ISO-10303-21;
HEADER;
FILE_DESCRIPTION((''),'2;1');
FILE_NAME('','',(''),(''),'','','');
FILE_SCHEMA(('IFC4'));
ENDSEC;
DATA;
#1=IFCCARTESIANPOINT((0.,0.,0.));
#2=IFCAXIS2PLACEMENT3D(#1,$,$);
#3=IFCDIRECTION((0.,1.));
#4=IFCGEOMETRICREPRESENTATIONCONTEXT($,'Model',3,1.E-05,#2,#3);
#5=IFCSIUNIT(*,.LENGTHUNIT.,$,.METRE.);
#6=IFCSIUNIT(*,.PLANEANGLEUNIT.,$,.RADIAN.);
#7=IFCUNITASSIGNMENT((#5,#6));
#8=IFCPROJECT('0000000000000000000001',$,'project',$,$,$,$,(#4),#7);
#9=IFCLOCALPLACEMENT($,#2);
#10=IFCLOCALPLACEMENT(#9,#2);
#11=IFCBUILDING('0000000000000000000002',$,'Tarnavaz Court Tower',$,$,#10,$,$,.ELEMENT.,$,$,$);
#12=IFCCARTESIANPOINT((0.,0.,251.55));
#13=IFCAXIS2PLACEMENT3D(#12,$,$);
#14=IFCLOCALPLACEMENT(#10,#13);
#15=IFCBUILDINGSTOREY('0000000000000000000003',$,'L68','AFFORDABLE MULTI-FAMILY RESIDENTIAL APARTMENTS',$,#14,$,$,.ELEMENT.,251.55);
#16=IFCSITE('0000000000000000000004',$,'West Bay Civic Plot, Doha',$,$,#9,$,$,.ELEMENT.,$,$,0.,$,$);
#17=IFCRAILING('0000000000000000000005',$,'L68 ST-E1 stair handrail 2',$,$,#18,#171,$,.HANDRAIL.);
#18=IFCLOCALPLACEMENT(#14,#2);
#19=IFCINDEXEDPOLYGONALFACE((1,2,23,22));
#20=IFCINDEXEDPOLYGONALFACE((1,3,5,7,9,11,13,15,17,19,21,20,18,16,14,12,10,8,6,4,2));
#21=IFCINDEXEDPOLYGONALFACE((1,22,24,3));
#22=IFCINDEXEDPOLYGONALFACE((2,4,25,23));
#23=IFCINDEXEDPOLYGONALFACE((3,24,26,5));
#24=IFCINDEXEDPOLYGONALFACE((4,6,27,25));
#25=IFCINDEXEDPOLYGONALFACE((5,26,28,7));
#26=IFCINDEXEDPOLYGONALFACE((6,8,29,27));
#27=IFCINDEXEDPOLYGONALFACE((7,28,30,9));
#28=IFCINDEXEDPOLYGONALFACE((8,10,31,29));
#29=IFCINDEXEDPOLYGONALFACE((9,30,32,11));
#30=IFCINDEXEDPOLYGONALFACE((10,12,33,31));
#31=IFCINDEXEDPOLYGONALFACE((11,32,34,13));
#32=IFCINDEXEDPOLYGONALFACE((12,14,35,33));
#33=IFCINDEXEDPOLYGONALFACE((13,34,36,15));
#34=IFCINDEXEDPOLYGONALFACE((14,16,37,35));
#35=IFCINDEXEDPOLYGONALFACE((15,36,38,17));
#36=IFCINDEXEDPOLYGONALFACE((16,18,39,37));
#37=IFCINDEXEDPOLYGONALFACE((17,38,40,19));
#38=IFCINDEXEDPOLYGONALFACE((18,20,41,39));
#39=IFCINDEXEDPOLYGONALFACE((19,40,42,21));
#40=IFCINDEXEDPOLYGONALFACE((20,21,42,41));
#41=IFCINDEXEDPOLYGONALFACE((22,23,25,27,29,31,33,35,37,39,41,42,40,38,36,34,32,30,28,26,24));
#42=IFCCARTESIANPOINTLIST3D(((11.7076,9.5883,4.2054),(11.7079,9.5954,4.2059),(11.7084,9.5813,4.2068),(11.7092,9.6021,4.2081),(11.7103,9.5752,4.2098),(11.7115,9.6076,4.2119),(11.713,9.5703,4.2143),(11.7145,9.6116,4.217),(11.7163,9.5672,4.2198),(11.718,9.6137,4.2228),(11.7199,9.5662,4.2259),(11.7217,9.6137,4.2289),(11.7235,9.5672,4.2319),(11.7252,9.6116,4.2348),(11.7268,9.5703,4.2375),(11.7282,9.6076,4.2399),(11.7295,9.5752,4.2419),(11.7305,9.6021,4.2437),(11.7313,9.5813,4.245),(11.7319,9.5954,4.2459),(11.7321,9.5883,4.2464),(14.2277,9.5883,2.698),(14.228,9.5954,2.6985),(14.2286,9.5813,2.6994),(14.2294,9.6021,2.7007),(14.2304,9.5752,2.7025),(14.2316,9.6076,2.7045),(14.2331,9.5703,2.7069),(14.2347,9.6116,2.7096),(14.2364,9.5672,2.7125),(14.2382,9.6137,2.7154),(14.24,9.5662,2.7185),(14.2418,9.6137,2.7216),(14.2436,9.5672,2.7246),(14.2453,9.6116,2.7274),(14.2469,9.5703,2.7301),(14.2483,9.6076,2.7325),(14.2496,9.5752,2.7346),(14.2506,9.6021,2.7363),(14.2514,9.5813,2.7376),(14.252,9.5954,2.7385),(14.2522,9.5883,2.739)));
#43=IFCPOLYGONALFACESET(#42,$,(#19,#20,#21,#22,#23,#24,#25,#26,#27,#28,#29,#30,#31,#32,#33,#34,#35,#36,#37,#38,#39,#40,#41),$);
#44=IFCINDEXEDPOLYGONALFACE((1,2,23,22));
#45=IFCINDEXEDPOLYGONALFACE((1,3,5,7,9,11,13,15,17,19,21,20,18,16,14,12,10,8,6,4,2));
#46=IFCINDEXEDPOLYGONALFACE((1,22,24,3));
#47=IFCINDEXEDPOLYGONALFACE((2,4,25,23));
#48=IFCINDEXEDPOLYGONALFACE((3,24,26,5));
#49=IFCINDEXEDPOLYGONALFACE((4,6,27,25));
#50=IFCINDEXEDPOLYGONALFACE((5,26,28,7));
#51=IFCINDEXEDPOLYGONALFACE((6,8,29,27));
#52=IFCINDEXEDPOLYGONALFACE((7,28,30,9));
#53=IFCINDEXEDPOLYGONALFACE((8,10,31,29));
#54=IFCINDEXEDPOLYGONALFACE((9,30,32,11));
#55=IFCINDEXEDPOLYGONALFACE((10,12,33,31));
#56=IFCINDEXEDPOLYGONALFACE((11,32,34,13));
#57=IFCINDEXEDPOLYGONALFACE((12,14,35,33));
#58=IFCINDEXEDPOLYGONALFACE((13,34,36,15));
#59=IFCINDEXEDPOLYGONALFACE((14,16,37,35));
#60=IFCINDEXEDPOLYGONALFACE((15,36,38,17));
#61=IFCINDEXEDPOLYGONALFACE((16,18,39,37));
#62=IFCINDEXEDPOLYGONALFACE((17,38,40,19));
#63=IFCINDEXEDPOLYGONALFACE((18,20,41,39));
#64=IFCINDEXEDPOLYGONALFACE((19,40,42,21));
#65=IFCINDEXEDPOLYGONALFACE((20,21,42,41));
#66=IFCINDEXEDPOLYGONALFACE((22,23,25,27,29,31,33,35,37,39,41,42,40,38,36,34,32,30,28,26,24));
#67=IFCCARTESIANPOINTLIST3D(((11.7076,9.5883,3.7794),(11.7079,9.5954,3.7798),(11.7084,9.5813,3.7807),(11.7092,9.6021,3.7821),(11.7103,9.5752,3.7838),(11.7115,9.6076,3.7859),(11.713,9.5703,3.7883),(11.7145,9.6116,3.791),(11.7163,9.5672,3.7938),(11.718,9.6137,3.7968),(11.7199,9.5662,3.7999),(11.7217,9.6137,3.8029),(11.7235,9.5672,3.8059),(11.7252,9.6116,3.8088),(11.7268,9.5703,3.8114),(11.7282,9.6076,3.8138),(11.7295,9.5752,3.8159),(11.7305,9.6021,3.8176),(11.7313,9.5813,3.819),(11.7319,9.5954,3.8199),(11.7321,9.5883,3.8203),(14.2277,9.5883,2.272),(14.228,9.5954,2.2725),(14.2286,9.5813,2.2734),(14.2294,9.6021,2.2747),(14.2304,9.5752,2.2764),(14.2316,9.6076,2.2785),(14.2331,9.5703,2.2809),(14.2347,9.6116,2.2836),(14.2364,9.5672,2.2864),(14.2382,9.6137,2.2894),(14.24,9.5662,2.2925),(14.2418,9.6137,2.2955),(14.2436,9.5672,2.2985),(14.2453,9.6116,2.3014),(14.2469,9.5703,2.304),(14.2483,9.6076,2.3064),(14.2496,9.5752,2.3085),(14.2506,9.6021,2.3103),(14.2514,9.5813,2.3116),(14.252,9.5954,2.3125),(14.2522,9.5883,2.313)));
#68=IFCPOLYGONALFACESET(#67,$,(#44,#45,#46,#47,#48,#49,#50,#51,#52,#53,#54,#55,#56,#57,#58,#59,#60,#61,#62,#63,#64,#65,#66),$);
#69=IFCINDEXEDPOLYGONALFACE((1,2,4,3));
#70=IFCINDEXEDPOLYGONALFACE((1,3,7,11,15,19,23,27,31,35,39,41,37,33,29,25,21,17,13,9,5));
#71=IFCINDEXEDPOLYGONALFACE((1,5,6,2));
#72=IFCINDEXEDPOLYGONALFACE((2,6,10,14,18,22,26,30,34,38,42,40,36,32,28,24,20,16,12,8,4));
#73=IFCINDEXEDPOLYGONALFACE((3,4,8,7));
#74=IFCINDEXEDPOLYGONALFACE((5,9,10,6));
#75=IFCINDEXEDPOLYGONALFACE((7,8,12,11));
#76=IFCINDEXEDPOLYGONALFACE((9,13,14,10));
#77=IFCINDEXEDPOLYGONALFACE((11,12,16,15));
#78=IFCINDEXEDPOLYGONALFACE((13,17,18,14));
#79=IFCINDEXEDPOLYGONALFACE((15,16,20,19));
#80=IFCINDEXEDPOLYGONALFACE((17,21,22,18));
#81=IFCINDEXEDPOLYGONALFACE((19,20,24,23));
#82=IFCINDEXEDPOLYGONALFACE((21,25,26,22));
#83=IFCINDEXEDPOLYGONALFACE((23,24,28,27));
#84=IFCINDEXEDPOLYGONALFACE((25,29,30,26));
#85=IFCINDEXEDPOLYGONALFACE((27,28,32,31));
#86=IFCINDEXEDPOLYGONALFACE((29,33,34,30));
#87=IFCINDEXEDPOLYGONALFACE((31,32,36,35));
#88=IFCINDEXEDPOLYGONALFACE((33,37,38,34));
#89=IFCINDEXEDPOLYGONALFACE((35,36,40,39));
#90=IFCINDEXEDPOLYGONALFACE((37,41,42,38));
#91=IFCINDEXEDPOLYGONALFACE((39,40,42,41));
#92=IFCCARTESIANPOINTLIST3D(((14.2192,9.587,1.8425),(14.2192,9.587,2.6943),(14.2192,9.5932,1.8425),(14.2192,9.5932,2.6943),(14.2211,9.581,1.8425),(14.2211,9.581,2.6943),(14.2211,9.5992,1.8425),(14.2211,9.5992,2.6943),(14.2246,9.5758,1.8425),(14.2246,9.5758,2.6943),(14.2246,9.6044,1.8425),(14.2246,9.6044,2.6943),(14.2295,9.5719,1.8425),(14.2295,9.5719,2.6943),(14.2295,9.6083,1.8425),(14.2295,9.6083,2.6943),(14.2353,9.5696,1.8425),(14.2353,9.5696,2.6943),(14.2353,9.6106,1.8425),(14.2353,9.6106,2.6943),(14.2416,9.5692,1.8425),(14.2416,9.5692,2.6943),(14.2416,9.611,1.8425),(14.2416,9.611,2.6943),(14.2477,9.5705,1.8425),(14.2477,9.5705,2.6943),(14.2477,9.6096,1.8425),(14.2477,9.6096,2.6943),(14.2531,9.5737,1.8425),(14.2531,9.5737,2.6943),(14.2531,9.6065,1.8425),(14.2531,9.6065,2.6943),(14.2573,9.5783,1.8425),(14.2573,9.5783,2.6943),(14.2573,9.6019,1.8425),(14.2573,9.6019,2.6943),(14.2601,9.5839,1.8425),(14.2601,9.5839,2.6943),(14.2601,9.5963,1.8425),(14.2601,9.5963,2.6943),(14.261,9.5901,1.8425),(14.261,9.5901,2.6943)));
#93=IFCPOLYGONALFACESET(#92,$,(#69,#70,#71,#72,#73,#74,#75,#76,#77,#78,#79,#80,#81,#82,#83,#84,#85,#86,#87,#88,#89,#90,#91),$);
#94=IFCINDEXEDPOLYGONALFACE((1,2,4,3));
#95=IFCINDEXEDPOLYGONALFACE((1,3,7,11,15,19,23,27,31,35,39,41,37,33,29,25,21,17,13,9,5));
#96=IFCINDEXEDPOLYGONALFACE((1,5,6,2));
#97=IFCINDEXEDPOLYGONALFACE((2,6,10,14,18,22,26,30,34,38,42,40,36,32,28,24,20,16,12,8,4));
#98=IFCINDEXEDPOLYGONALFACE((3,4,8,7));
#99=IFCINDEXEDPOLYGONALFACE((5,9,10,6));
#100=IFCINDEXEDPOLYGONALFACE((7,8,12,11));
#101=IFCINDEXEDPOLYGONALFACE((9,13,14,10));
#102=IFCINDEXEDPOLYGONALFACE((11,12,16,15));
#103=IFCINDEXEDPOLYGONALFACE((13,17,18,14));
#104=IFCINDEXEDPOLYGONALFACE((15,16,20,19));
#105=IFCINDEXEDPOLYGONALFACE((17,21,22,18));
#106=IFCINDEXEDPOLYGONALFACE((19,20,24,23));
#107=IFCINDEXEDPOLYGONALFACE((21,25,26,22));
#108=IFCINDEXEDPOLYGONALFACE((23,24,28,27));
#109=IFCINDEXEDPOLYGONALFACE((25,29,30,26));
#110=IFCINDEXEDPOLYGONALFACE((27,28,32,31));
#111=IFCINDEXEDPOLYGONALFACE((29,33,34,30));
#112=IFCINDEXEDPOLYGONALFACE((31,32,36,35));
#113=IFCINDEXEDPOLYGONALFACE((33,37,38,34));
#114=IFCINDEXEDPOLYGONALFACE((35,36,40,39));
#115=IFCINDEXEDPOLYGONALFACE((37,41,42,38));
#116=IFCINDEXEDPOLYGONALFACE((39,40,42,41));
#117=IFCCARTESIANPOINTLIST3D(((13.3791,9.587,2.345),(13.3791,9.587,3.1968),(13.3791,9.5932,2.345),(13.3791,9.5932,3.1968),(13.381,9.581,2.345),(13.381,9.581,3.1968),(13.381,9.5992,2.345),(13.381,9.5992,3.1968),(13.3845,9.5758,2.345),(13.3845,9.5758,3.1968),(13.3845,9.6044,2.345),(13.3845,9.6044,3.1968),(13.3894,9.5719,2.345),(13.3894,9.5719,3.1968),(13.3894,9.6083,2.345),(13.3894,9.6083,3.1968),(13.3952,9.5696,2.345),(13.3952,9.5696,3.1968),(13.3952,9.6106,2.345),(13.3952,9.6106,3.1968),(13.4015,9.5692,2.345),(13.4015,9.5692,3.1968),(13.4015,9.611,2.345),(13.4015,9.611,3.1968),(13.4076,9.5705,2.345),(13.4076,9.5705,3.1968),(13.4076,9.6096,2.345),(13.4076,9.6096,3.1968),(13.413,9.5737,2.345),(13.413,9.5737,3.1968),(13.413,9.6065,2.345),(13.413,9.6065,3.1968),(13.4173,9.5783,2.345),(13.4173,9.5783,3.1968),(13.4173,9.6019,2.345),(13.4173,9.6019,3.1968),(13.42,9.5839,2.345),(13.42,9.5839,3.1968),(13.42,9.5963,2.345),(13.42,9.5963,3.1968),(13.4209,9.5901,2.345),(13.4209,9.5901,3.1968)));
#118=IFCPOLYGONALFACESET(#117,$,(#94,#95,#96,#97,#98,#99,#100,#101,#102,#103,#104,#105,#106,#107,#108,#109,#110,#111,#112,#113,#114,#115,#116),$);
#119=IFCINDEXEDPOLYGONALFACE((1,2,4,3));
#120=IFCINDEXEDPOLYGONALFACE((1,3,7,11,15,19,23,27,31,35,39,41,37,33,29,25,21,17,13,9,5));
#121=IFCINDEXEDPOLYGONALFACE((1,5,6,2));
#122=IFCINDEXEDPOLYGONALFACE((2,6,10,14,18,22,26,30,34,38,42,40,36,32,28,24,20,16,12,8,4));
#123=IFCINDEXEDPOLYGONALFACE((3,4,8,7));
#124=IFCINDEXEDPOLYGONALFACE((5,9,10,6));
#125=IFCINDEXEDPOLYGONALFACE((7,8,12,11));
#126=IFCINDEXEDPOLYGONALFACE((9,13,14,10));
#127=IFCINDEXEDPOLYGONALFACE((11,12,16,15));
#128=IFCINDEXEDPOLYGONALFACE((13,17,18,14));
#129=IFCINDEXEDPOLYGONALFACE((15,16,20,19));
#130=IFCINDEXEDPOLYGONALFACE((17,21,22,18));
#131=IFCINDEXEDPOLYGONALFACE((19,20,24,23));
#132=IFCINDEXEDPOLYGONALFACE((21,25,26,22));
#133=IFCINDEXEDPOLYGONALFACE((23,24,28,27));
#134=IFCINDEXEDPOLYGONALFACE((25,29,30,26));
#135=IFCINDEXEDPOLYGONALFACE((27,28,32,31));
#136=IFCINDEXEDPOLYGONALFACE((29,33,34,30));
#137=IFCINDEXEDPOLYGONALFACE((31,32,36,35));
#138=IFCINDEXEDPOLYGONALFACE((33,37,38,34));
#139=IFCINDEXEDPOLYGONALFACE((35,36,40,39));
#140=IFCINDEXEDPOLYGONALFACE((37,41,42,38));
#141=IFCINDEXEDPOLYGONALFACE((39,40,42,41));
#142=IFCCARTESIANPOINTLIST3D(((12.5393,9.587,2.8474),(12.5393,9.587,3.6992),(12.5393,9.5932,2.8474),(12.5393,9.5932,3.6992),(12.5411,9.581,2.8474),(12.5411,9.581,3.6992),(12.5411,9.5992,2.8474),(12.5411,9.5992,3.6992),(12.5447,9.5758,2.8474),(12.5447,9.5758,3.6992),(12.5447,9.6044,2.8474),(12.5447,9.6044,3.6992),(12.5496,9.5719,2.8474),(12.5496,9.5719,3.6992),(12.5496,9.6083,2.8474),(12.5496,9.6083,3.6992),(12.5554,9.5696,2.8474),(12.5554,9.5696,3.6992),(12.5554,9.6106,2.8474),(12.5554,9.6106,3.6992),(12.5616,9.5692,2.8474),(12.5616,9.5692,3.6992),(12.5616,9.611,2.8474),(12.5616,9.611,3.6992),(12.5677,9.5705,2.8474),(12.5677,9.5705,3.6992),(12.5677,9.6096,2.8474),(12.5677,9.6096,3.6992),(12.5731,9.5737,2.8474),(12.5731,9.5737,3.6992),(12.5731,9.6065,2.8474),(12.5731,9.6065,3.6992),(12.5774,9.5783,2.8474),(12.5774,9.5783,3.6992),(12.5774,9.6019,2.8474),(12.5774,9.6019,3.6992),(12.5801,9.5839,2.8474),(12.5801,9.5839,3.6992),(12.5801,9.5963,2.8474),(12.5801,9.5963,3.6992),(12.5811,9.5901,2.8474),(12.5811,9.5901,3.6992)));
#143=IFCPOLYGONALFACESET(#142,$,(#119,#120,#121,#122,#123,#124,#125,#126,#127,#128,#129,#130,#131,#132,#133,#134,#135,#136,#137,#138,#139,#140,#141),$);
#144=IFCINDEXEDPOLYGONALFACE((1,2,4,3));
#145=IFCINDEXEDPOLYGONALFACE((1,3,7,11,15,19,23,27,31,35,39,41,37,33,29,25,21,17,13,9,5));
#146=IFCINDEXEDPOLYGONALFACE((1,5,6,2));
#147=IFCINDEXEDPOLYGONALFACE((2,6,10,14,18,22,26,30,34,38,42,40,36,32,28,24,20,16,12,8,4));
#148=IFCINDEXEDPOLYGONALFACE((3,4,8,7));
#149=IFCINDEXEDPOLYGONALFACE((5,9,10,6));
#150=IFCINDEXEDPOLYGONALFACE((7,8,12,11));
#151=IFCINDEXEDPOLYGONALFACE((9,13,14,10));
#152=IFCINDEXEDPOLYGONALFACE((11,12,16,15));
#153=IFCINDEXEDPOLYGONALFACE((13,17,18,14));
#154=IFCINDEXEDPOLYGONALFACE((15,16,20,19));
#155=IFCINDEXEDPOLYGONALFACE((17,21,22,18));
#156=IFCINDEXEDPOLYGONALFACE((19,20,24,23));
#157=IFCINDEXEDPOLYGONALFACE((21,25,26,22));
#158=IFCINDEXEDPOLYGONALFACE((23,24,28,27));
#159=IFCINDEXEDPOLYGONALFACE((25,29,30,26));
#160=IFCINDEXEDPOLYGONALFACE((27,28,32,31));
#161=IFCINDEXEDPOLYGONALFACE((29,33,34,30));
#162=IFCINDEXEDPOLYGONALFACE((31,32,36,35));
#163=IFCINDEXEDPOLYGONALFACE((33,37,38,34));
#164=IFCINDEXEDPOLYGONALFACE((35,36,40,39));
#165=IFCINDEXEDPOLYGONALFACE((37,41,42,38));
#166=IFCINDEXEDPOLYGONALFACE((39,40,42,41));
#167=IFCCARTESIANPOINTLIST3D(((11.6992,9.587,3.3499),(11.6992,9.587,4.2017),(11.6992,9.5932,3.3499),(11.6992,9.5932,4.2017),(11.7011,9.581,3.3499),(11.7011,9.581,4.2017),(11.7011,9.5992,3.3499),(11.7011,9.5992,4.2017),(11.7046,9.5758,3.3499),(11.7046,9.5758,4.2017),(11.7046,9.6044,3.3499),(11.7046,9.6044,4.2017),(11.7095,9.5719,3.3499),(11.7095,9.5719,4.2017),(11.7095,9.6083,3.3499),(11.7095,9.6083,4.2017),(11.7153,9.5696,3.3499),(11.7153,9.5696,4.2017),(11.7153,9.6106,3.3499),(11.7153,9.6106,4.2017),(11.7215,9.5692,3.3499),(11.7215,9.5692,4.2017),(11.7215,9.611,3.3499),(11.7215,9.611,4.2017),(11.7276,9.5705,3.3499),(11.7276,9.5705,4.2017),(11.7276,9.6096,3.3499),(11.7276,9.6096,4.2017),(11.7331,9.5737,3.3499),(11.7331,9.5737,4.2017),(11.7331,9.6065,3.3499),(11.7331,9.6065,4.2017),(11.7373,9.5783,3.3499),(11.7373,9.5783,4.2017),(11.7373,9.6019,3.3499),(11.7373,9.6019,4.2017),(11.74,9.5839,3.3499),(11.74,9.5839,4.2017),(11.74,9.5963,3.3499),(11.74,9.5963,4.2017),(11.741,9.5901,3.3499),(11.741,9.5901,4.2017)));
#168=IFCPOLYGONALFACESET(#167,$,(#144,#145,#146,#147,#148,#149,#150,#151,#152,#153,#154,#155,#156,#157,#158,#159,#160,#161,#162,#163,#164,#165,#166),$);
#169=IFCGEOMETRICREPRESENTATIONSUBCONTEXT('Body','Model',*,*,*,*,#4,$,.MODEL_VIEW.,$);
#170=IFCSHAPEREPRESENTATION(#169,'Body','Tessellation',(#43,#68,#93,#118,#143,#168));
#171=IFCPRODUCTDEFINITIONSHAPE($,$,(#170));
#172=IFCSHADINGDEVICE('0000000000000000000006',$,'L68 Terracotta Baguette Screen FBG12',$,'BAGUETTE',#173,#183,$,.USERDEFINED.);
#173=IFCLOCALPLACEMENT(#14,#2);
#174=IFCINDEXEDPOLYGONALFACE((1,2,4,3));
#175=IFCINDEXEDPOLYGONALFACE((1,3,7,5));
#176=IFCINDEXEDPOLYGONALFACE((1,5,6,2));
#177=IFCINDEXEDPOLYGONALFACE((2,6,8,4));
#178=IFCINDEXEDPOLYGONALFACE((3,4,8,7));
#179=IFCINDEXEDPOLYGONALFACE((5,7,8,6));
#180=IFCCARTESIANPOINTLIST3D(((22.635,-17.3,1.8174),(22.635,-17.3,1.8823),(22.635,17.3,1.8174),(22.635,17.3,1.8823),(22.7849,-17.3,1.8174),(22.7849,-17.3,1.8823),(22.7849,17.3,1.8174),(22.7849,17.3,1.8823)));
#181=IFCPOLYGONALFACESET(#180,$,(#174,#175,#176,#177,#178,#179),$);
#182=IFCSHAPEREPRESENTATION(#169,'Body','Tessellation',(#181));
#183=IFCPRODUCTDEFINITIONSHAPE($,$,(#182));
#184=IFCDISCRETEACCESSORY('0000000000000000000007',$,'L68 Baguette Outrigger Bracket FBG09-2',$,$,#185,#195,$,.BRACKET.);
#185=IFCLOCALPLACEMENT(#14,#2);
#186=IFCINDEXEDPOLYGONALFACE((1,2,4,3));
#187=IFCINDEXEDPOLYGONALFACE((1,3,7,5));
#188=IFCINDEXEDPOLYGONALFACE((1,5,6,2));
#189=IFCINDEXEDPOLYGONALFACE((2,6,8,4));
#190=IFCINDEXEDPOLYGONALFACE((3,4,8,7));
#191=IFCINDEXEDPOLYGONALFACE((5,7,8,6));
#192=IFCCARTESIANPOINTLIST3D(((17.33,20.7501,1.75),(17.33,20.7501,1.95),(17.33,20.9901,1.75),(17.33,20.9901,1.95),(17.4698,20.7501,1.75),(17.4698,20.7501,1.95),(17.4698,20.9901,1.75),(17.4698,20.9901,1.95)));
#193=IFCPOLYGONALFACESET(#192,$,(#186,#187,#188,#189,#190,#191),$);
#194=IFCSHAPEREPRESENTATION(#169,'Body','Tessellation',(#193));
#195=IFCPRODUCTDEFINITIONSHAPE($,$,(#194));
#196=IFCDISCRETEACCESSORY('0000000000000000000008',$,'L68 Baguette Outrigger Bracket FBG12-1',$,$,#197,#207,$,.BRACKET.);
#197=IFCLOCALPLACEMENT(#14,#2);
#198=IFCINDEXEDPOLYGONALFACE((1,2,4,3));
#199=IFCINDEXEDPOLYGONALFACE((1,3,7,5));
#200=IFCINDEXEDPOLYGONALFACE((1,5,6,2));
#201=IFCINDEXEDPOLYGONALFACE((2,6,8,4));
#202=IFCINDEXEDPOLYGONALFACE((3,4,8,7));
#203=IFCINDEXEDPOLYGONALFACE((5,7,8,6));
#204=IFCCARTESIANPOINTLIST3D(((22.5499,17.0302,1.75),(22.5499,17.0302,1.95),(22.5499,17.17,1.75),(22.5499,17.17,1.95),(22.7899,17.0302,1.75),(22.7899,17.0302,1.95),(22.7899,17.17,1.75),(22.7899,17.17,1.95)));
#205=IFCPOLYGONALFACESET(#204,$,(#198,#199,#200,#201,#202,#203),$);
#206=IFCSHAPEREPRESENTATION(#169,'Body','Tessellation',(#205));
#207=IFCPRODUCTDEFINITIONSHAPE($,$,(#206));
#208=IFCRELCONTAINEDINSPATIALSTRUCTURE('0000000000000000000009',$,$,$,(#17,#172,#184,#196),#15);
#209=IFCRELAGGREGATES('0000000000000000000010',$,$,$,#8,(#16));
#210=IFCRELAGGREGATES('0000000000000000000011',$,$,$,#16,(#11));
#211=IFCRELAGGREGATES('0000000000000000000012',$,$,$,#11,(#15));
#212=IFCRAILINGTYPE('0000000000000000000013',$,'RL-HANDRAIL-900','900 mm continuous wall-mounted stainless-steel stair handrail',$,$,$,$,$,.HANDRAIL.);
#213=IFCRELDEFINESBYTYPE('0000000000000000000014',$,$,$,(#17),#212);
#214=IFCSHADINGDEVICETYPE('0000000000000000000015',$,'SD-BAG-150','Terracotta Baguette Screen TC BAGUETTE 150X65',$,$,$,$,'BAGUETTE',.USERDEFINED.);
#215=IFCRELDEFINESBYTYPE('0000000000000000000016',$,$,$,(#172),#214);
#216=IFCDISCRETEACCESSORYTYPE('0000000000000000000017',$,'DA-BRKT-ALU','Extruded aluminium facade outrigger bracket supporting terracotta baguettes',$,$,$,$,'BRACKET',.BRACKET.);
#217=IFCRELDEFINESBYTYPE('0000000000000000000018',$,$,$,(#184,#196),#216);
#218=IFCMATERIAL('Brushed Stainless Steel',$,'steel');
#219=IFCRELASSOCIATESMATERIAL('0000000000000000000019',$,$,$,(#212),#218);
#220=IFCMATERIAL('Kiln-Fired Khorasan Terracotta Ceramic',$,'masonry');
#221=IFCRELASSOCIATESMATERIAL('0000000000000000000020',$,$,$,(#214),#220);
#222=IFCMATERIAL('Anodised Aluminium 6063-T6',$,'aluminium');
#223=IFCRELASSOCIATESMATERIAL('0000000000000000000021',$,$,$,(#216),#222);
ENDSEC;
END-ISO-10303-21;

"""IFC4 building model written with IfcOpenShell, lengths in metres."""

from ifc_helpers import new_model, si_unit, direction, frame, origin, origin_2d, place, context, subcontext, project, spatial, rectangle, circle, extrude, material, material_profile, profile_set, type_object, element, save


model = new_model("IFC4")

# Units and contexts
model_context = context("Model", 3, precision=1e-05, world=origin(), true_north=direction((0.0, 1.0)))
body_context = subcontext(model_context, "Body", "Model", "MODEL_VIEW")
ifc_project = project(units=[si_unit("LENGTHUNIT", "METRE"), si_unit("PLANEANGLEUNIT", "RADIAN")], contexts=[model_context])

# Site, building, storey
site_placement = place(None, origin())
site = spatial("IfcSite", under=ifc_project, at=site_placement, Name="West Bay Civic Plot, Doha", CompositionType="ELEMENT", RefElevation=0.0)
building_placement = place(site_placement, origin())
building = spatial("IfcBuilding", under=site, at=building_placement, Name="Tarnavaz Court Tower", CompositionType="ELEMENT")
storey_placement = place(building_placement, frame((0.0, 0.0, 251.55)))
storey = spatial("IfcBuildingStorey", under=building, at=storey_placement, Name="L68", Description="AFFORDABLE MULTI-FAMILY RESIDENTIAL APARTMENTS", CompositionType="ELEMENT", Elevation=251.55)

# Railing
ifc_material_1 = material(Name="Brushed Stainless Steel", Category="steel")
railing_type = type_object("IfcRailingType", Name="RL-HANDRAIL-900", Description="900 mm continuous wall-mounted stainless-steel stair handrail", PredefinedType="HANDRAIL", material=ifc_material_1)
railing_placement = place(storey_placement, frame((14.24, 9.5901, 1.8425)))
element("IfcRailing", 1, at=railing_placement, inside=storey, type_object=railing_type, Name="L68 ST-E1 stair handrail 2", PredefinedType="HANDRAIL", context=body_context, shape_type="SweptSolid", body=[
    extrude(circle(Radius=0.0239, at=origin_2d()), frame((0.0, 0.0, 0.876), z_axis=(-0.858196, 0.0, 0.513321), x_axis=(0.0, -1.0, 0.0)), (0.0, 0.0, 1.0), 2.9365),
    extrude(circle(Radius=0.0239, at=origin_2d()), frame((0.0, 0.0, 0.45), z_axis=(-0.858196, 0.0, 0.513321), x_axis=(0.0, -1.0, 0.0)), (0.0, 0.0, 1.0), 2.9365),
    extrude(circle(Radius=0.021, at=origin_2d()), origin(), (0.0, 0.0, 1.0), 0.8518),
    extrude(circle(Radius=0.021, at=origin_2d()), frame((-0.8401, 0.0, 0.5024)), (0.0, 0.0, 1.0), 0.8518),
    extrude(circle(Radius=0.021, at=origin_2d()), frame((-1.6799, 0.0, 1.0049)), (0.0, 0.0, 1.0), 0.8518),
    extrude(circle(Radius=0.021, at=origin_2d()), frame((-2.52, 0.0, 1.5073)), (0.0, 0.0, 1.0), 0.8518),
])

# Shading device
ifc_material_2 = material(Name="Kiln-Fired Khorasan Terracotta Ceramic", Category="masonry")
ifc_material_profile_1 = material_profile(ifc_material_2, rectangle(XDim=0.1499, YDim=0.0649, at=origin_2d()), Name="TC BAGUETTE 150X65")
ifc_profile_set_1 = profile_set([ifc_material_profile_1], Name="Kiln-Fired Khorasan Terracotta Ceramic")
shading_device_type = type_object("IfcShadingDeviceType", Name="SD-BAG-150", Description="Terracotta Baguette Screen TC BAGUETTE 150X65", ElementType="BAGUETTE", PredefinedType="USERDEFINED", material=ifc_profile_set_1)
shading_device_placement = place(storey_placement, frame((22.71, 17.3, 1.8499), z_axis=(0.0, -1.0, 0.0), x_axis=(1.0, 0.0, 0.0)))
element("IfcShadingDevice", 2, at=shading_device_placement, inside=storey, type_object=shading_device_type, Name="L68 Terracotta Baguette Screen FBG12", ObjectType="BAGUETTE", PredefinedType="USERDEFINED", context=body_context, shape_type="SweptSolid", body=[
    extrude(rectangle(XDim=0.1499, YDim=0.0649, at=origin_2d()), origin(), (0.0, 0.0, 1.0), 34.6001),
])

# Discrete accessories
ifc_material_3 = material(Name="Anodised Aluminium 6063-T6", Category="aluminium")
discrete_accessory_type = type_object("IfcDiscreteAccessoryType", Name="DA-BRKT-ALU", Description="Extruded aluminium facade outrigger bracket supporting terracotta baguettes", ElementType="BRACKET", PredefinedType="BRACKET", material=ifc_material_3)
for number, where, z_axis, x_axis, name in (
    (3, (17.3999, 20.8701, 1.75), (0.0, 0.0, 1.0), (1.0, 0.0, 0.0), "L68 Baguette Outrigger Bracket FBG09-2"),
    (4, (22.6699, 17.1001, 1.75), (0.0, 0.0, 1.0), (0.0, -1.0, 0.0), "L68 Baguette Outrigger Bracket FBG12-1"),
):
    element("IfcDiscreteAccessory", number, at=place(storey_placement, frame(where, z_axis=z_axis, x_axis=x_axis)), inside=storey, type_object=discrete_accessory_type, Name=name, PredefinedType="BRACKET", context=body_context, shape_type="SweptSolid", body=[
        extrude(rectangle(XDim=0.1399, YDim=0.24, at=origin_2d()), origin(), (0.0, 0.0, 1.0), 0.2),
    ])

save(model, "model.ifc")
